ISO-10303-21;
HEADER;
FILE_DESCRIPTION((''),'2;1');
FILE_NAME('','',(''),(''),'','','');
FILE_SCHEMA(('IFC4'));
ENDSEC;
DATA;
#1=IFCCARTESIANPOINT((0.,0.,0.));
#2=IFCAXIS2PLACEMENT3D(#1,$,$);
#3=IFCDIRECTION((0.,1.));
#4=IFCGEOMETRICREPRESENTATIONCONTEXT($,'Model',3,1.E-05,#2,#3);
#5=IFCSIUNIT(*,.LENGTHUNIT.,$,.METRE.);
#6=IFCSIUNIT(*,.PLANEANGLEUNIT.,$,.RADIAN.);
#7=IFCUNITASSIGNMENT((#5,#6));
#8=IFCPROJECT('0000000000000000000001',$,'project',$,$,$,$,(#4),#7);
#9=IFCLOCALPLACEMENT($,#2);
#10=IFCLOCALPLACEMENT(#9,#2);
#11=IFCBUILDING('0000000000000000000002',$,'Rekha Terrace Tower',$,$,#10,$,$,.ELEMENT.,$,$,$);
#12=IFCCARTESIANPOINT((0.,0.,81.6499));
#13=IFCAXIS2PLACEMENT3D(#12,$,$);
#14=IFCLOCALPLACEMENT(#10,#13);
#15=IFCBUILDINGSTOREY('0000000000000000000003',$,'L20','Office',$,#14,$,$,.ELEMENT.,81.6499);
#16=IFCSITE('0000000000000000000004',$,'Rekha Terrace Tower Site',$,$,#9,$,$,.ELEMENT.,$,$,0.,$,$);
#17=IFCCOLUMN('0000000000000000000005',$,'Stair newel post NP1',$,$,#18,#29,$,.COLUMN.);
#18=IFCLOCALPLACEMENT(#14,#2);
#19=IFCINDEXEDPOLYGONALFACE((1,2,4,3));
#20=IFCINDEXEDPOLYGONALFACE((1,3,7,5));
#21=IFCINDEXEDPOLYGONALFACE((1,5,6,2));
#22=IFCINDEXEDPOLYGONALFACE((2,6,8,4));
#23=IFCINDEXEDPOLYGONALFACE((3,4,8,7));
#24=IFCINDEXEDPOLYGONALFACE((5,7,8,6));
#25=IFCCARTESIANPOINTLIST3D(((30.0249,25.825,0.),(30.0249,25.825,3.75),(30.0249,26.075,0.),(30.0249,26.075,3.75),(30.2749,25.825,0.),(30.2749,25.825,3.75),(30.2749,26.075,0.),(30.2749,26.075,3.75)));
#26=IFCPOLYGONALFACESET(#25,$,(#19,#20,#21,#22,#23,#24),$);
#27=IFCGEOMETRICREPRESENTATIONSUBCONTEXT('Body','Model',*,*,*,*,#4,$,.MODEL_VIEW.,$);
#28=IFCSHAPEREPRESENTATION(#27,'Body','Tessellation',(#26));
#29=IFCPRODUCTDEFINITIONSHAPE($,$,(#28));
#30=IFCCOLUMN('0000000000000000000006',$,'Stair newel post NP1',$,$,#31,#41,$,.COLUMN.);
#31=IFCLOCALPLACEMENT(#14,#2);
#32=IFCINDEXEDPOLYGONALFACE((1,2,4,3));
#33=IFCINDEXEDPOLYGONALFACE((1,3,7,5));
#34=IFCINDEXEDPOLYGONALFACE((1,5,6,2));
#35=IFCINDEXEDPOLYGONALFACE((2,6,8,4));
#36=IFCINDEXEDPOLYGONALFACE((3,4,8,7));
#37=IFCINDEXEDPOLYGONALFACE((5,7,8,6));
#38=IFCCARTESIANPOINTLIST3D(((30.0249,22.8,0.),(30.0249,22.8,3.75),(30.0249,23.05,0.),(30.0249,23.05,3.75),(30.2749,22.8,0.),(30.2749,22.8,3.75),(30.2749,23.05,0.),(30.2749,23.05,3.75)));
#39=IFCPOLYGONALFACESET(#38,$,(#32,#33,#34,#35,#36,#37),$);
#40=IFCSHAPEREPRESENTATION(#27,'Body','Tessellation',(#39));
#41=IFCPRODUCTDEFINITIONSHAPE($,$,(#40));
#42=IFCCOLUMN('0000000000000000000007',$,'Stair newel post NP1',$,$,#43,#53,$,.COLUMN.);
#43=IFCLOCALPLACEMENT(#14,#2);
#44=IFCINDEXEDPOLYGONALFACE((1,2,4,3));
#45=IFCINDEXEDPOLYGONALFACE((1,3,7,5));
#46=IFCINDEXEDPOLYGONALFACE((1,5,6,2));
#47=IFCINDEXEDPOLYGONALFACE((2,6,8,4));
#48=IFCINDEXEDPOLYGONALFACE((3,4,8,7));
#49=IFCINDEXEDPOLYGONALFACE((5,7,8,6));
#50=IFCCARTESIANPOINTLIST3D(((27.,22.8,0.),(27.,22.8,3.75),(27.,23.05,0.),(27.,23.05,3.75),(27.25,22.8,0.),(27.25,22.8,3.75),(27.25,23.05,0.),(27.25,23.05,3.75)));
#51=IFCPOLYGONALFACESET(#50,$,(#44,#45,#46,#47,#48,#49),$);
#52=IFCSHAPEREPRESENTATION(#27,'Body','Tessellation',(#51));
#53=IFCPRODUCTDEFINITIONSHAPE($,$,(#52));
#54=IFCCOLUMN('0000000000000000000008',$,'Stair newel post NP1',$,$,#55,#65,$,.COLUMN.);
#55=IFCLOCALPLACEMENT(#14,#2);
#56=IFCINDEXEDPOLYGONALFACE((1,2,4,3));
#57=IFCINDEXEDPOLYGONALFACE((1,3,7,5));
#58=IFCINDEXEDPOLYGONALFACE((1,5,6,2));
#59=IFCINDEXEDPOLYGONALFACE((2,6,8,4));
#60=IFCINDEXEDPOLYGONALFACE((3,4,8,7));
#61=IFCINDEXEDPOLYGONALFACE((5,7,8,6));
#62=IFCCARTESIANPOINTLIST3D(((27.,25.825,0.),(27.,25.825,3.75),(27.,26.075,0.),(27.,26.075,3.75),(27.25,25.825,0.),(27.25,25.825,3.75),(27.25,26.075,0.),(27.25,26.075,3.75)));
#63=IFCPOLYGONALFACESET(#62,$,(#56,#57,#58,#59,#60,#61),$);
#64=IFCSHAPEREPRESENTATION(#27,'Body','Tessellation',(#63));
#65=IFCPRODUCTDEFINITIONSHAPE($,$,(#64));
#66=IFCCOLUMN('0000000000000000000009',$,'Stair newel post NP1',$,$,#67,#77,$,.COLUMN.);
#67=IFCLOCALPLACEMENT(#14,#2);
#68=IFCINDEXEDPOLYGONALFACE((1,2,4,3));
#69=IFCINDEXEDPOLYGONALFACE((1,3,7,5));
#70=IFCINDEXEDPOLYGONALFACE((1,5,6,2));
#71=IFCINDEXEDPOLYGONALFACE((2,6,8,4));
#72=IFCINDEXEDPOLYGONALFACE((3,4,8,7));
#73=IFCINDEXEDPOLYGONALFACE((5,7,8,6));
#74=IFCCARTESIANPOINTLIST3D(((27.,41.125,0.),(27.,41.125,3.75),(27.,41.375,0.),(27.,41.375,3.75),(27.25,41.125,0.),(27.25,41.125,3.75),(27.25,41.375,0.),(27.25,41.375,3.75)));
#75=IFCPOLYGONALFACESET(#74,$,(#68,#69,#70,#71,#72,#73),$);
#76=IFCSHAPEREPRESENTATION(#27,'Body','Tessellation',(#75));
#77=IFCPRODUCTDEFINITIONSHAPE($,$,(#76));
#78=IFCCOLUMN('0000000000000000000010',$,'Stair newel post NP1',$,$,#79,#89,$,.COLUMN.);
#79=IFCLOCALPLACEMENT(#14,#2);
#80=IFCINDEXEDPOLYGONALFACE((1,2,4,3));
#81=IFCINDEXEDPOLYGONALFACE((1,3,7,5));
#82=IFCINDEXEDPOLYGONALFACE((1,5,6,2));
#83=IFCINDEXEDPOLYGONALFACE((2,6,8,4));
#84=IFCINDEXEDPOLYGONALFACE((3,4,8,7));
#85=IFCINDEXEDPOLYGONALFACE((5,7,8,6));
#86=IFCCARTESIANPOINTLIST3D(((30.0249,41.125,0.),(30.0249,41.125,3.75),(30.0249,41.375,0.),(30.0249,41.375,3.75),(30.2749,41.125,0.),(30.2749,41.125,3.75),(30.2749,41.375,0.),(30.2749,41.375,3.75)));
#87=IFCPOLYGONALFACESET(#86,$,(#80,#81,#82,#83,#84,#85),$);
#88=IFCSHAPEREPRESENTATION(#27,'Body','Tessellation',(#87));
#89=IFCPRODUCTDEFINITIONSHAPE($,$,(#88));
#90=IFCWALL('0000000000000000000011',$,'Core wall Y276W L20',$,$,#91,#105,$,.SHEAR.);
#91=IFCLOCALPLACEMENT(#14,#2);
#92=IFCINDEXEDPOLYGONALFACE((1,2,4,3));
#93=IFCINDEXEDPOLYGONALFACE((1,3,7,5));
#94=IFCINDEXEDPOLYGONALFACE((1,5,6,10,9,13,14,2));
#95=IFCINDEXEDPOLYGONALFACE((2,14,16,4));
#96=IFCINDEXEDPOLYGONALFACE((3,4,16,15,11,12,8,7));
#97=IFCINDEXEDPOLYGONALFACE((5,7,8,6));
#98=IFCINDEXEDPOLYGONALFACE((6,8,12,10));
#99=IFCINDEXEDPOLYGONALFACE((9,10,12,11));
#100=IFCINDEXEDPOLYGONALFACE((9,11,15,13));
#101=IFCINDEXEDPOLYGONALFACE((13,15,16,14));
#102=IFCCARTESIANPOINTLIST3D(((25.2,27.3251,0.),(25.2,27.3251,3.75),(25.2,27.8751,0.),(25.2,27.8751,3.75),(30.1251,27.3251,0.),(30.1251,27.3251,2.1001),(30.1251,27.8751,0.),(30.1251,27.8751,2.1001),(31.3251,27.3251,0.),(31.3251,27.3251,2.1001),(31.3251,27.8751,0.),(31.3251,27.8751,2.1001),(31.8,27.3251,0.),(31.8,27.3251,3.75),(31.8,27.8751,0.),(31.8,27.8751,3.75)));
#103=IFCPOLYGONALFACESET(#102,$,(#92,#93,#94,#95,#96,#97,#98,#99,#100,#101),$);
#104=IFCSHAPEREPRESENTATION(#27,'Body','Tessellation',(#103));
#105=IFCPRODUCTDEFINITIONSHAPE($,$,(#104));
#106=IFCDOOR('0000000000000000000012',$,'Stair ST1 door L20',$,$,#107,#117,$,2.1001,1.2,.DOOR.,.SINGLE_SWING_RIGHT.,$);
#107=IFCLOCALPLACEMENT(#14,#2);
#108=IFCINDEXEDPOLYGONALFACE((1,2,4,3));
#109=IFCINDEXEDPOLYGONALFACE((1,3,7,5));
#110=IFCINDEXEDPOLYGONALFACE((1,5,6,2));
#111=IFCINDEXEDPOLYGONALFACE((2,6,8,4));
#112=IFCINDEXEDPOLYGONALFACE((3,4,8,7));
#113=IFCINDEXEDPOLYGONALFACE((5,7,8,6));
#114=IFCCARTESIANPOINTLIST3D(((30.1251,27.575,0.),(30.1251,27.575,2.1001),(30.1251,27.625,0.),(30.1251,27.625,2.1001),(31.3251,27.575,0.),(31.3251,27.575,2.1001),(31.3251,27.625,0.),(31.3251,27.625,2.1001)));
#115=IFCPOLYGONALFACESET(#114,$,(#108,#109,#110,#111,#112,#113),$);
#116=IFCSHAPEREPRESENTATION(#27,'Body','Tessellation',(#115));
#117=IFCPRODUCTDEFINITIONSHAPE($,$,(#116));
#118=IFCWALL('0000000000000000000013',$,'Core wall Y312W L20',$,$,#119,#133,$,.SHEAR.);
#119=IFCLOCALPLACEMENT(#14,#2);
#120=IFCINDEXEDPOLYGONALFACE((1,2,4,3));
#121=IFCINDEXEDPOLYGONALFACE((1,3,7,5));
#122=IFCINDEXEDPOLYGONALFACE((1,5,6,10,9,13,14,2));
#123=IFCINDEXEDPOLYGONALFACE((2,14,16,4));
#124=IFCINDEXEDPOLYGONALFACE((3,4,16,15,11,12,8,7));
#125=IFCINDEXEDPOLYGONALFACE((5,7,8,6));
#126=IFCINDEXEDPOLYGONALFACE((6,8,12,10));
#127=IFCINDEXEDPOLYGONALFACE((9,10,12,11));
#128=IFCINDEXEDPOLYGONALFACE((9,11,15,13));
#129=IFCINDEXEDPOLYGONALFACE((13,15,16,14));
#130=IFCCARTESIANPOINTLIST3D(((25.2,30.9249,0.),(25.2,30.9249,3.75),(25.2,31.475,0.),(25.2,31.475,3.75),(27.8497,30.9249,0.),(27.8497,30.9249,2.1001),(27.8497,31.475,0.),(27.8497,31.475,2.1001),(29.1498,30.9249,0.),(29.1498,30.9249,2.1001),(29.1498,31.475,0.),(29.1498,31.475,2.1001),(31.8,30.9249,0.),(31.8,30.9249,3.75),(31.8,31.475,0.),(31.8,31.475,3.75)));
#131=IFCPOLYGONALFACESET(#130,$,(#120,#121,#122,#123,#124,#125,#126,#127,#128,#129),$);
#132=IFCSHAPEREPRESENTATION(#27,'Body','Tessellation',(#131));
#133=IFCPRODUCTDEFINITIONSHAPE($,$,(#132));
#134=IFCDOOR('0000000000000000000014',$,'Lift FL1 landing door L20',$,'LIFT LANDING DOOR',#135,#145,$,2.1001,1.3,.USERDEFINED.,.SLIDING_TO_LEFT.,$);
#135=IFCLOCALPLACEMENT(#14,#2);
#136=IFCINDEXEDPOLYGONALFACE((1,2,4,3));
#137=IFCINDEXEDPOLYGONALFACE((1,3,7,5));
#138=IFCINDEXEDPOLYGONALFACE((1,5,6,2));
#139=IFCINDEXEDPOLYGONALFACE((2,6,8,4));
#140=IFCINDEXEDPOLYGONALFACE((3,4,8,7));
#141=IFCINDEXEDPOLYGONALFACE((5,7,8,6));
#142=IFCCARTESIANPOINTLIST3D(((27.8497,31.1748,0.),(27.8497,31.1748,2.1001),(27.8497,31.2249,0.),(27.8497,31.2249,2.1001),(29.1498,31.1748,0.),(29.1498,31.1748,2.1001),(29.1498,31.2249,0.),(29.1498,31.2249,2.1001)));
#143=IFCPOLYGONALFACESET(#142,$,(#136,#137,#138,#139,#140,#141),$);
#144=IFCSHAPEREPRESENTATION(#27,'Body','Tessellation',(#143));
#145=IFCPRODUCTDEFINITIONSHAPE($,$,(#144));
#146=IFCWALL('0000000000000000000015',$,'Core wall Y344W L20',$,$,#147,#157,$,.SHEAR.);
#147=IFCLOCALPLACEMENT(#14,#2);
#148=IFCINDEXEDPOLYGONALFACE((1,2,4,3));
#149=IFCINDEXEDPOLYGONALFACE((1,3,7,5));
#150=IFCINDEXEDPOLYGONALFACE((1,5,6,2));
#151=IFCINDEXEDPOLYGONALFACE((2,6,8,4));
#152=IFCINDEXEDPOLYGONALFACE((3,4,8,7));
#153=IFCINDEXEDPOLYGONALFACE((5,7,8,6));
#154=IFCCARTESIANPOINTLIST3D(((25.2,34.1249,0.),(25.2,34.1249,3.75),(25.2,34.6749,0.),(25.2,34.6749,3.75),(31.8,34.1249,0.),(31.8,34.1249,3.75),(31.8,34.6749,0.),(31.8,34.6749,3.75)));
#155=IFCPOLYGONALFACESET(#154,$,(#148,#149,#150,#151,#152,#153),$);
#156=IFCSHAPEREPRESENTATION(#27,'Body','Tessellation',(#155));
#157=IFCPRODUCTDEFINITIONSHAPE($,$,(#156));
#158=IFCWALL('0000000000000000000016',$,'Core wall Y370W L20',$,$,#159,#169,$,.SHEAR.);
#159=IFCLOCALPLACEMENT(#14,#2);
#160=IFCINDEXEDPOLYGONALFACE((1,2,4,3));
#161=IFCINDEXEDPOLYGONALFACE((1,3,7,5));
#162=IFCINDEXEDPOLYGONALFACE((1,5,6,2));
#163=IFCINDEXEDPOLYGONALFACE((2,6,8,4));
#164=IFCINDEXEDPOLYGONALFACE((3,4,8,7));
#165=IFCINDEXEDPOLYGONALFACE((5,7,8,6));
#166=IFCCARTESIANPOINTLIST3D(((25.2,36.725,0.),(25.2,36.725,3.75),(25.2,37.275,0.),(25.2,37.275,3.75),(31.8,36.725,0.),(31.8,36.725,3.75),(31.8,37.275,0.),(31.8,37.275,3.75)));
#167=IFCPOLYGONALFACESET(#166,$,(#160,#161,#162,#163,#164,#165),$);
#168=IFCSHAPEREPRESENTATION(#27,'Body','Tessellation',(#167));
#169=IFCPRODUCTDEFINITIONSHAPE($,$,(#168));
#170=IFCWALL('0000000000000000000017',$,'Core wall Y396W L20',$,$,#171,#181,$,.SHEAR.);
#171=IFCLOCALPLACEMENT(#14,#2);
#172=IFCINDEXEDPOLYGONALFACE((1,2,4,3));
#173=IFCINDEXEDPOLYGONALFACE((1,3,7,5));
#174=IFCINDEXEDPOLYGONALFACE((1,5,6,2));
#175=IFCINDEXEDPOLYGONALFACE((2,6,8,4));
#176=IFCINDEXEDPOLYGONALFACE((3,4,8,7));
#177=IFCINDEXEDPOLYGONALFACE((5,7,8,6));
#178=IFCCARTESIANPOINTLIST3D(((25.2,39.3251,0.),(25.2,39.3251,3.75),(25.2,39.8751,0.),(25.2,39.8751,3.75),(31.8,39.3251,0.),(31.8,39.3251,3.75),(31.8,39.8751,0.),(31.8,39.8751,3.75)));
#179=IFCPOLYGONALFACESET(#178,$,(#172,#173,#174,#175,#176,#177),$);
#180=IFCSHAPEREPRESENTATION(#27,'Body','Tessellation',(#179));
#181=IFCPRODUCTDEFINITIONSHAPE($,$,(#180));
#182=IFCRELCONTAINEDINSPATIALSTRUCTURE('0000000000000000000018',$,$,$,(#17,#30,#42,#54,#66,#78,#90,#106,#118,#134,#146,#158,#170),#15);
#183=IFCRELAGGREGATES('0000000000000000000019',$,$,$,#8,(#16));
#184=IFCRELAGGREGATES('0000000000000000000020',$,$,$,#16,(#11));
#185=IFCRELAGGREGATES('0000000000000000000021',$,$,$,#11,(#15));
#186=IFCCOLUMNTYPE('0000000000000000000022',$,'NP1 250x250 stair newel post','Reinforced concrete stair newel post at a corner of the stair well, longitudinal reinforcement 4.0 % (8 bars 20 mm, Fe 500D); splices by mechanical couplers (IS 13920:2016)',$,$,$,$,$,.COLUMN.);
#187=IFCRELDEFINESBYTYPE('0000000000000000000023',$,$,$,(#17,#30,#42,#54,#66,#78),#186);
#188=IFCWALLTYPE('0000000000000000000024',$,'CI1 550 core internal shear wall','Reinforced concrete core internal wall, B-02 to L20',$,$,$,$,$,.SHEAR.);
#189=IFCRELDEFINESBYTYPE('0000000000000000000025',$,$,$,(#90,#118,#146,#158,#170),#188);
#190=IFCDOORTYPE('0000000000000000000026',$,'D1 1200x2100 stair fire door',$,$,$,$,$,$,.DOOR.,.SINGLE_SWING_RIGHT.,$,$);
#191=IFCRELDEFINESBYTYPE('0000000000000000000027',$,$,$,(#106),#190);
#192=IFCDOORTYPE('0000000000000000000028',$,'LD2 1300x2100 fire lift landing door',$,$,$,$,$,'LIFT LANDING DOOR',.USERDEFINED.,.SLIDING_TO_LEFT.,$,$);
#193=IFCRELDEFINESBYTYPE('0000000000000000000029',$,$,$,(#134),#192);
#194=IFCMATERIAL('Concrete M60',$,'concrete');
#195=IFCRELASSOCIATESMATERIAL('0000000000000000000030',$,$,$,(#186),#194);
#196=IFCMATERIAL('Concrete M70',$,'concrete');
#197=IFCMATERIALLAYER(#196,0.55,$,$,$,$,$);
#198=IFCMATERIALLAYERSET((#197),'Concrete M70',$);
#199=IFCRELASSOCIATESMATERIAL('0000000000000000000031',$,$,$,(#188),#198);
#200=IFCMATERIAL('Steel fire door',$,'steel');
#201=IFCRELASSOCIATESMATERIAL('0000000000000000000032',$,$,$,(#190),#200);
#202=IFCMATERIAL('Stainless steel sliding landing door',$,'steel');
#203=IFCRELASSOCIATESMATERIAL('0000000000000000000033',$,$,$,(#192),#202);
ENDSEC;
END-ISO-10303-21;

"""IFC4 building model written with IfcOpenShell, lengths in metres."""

from ifc_helpers import new_model, si_unit, direction, frame, frame_2d, origin, origin_2d, place, context, subcontext, project, spatial, rectangle, extrude, material, layer, layer_set, material_profile, profile_set, type_object, element, fill, save


model = new_model("IFC4")

# Units and contexts
model_context = context("Model", 3, precision=1e-05, world=origin(), true_north=direction((0.0, 1.0)))
body_context = subcontext(model_context, "Body", "Model", "MODEL_VIEW")
ifc_project = project(units=[si_unit("LENGTHUNIT", "METRE"), si_unit("PLANEANGLEUNIT", "RADIAN")], contexts=[model_context])

# Site, building, storey
site_placement = place(None, origin())
site = spatial("IfcSite", under=ifc_project, at=site_placement, Name="Rekha Terrace Tower Site", CompositionType="ELEMENT", RefElevation=0.0)
building_placement = place(site_placement, origin())
building = spatial("IfcBuilding", under=site, at=building_placement, Name="Rekha Terrace Tower", CompositionType="ELEMENT")
storey_placement = place(building_placement, frame((0.0, 0.0, 81.6499)))
storey = spatial("IfcBuildingStorey", under=building, at=storey_placement, Name="L20", Description="Office", CompositionType="ELEMENT", Elevation=81.6499)

# Columns
ifc_material_1 = material(Name="Concrete M60", Category="concrete")
ifc_material_profile = material_profile(ifc_material_1, rectangle(XDim=0.25, YDim=0.25, at=origin_2d()), Name="RC 250x250")
ifc_profile_set = profile_set([ifc_material_profile], Name="Concrete M60")
column_type = type_object("IfcColumnType", Name="NP1 250x250 stair newel post", Description="Reinforced concrete stair newel post at a corner of the stair well, longitudinal reinforcement 4.0 % (8 bars 20 mm, Fe 500D); splices by mechanical couplers (IS 13920:2016)", PredefinedType="COLUMN", material=ifc_profile_set)
for number, where, z_axis, x_axis, name in (
    (1, (30.1499, 25.95, 0.0), (0.0, 0.0, 1.0), (1.0, 0.0, 0.0), "Stair newel post NP1"),
    (2, (30.1499, 22.925, 0.0), (0.0, 0.0, 1.0), (1.0, 0.0, 0.0), "Stair newel post NP1"),
    (3, (27.125, 22.925, 0.0), (0.0, 0.0, 1.0), (1.0, 0.0, 0.0), "Stair newel post NP1"),
    (4, (27.125, 25.95, 0.0), (0.0, 0.0, 1.0), (1.0, 0.0, 0.0), "Stair newel post NP1"),
    (5, (27.125, 41.25, 0.0), (0.0, 0.0, 1.0), (1.0, 0.0, 0.0), "Stair newel post NP1"),
    (6, (30.1499, 41.25, 0.0), (0.0, 0.0, 1.0), (1.0, 0.0, 0.0), "Stair newel post NP1"),
):
    element("IfcColumn", number, at=place(storey_placement, frame(where, z_axis=z_axis, x_axis=x_axis)), inside=storey, type_object=column_type, Name=name, PredefinedType="COLUMN", context=body_context, shape_type="SweptSolid", body=[
        extrude(rectangle(XDim=0.25, YDim=0.25, at=origin_2d()), origin(), (0.0, 0.0, 1.0), 3.75),
    ])

# Walls, openings, doors
ifc_material_2 = material(Name="Concrete M70", Category="concrete")
ifc_layer_1 = layer(ifc_material_2, 0.55)
ifc_layer_set_1 = layer_set([ifc_layer_1], Name="Concrete M70")
wall_type_1 = type_object("IfcWallType", Name="CI1 550 core internal shear wall", Description="Reinforced concrete core internal wall, B-02 to L20", PredefinedType="SHEAR", material=ifc_layer_set_1)
wall_1_placement = place(storey_placement, frame((25.2, 27.6001, 0.0), z_axis=(0.0, 0.0, 1.0), x_axis=(1.0, 0.0, 0.0)))
wall_1 = element("IfcWall", 7, at=wall_1_placement, inside=storey, type_object=wall_type_1, Name="Core wall Y276W L20", PredefinedType="SHEAR", context=body_context, shape_type="SweptSolid", body=[
    extrude(rectangle(XDim=6.6001, YDim=0.55, at=frame_2d((3.3, 0.0))), origin(), (0.0, 0.0, 1.0), 3.75),
])
opening_1_placement = place(wall_1_placement, frame((4.925, 0.0, 0.0)))
opening_1 = element("IfcOpeningElement", 8, at=opening_1_placement, cuts=wall_1, PredefinedType="OPENING", context=body_context, shape_type="SweptSolid", body=[
    extrude(rectangle(XDim=1.2, YDim=2.1001, at=frame_2d((0.6001, 1.05))), frame((0.0, 0.2849, 0.0), z_axis=(0.0, -1.0, 0.0), x_axis=(1.0, 0.0, 0.0)), (0.0, 0.0, 1.0), 0.5701),
])
ifc_material_3 = material(Name="Steel fire door", Category="steel")
door_type_1 = type_object("IfcDoorType", Name="D1 1200x2100 stair fire door", OperationType="SINGLE_SWING_RIGHT", PredefinedType="DOOR", material=ifc_material_3)
door_1_placement = place(opening_1_placement, origin())
door_1 = element("IfcDoor", 9, at=door_1_placement, inside=storey, type_object=door_type_1, Name="Stair ST1 door L20", OperationType="SINGLE_SWING_RIGHT", OverallHeight=2.1001, OverallWidth=1.2, PredefinedType="DOOR", context=body_context, shape_type="SweptSolid", body=[
    extrude(rectangle(XDim=1.2, YDim=2.1001, at=frame_2d((0.6001, 1.05))), frame((0.0, 0.0249, 0.0), z_axis=(0.0, -1.0, 0.0), x_axis=(1.0, 0.0, 0.0)), (0.0, 0.0, 1.0), 0.05),
])
fill(opening_1, door_1)
wall_2_placement = place(storey_placement, frame((25.2, 31.2, 0.0), z_axis=(0.0, 0.0, 1.0), x_axis=(1.0, 0.0, 0.0)))
wall_2 = element("IfcWall", 10, at=wall_2_placement, inside=storey, type_object=wall_type_1, Name="Core wall Y312W L20", PredefinedType="SHEAR", context=body_context, shape_type="SweptSolid", body=[
    extrude(rectangle(XDim=6.6001, YDim=0.55, at=frame_2d((3.3, 0.0))), origin(), (0.0, 0.0, 1.0), 3.75),
])
opening_2_placement = place(wall_2_placement, frame((2.6499, 0.0, 0.0)))
opening_2 = element("IfcOpeningElement", 11, at=opening_2_placement, cuts=wall_2, PredefinedType="OPENING", context=body_context, shape_type="SweptSolid", body=[
    extrude(rectangle(XDim=1.3, YDim=2.1001, at=frame_2d((0.6499, 1.05))), frame((0.0, 0.2849, 0.0), z_axis=(0.0, -1.0, 0.0), x_axis=(1.0, 0.0, 0.0)), (0.0, 0.0, 1.0), 0.5701),
])
ifc_material_4 = material(Name="Stainless steel sliding landing door", Category="steel")
door_type_2 = type_object("IfcDoorType", Name="LD2 1300x2100 fire lift landing door", ElementType="LIFT LANDING DOOR", OperationType="SLIDING_TO_LEFT", PredefinedType="USERDEFINED", material=ifc_material_4)
door_2_placement = place(opening_2_placement, origin())
door_2 = element("IfcDoor", 12, at=door_2_placement, inside=storey, type_object=door_type_2, Name="Lift FL1 landing door L20", ObjectType="LIFT LANDING DOOR", OperationType="SLIDING_TO_LEFT", OverallHeight=2.1001, OverallWidth=1.3, PredefinedType="USERDEFINED", context=body_context, shape_type="SweptSolid", body=[
    extrude(rectangle(XDim=1.3, YDim=2.1001, at=frame_2d((0.6499, 1.05))), frame((0.0, 0.0249, 0.0), z_axis=(0.0, -1.0, 0.0), x_axis=(1.0, 0.0, 0.0)), (0.0, 0.0, 1.0), 0.05),
])
fill(opening_2, door_2)

# Walls
for number, where, z_axis, x_axis, name in (
    (13, (25.2, 34.3999, 0.0), (0.0, 0.0, 1.0), (1.0, 0.0, 0.0), "Core wall Y344W L20"),
    (14, (25.2, 37.0, 0.0), (0.0, 0.0, 1.0), (1.0, 0.0, 0.0), "Core wall Y370W L20"),
    (15, (25.2, 39.6001, 0.0), (0.0, 0.0, 1.0), (1.0, 0.0, 0.0), "Core wall Y396W L20"),
):
    element("IfcWall", number, at=place(storey_placement, frame(where, z_axis=z_axis, x_axis=x_axis)), inside=storey, type_object=wall_type_1, Name=name, PredefinedType="SHEAR", context=body_context, shape_type="SweptSolid", body=[
        extrude(rectangle(XDim=6.6001, YDim=0.55, at=frame_2d((3.3, 0.0))), origin(), (0.0, 0.0, 1.0), 3.75),
    ])

save(model, "model.ifc")
